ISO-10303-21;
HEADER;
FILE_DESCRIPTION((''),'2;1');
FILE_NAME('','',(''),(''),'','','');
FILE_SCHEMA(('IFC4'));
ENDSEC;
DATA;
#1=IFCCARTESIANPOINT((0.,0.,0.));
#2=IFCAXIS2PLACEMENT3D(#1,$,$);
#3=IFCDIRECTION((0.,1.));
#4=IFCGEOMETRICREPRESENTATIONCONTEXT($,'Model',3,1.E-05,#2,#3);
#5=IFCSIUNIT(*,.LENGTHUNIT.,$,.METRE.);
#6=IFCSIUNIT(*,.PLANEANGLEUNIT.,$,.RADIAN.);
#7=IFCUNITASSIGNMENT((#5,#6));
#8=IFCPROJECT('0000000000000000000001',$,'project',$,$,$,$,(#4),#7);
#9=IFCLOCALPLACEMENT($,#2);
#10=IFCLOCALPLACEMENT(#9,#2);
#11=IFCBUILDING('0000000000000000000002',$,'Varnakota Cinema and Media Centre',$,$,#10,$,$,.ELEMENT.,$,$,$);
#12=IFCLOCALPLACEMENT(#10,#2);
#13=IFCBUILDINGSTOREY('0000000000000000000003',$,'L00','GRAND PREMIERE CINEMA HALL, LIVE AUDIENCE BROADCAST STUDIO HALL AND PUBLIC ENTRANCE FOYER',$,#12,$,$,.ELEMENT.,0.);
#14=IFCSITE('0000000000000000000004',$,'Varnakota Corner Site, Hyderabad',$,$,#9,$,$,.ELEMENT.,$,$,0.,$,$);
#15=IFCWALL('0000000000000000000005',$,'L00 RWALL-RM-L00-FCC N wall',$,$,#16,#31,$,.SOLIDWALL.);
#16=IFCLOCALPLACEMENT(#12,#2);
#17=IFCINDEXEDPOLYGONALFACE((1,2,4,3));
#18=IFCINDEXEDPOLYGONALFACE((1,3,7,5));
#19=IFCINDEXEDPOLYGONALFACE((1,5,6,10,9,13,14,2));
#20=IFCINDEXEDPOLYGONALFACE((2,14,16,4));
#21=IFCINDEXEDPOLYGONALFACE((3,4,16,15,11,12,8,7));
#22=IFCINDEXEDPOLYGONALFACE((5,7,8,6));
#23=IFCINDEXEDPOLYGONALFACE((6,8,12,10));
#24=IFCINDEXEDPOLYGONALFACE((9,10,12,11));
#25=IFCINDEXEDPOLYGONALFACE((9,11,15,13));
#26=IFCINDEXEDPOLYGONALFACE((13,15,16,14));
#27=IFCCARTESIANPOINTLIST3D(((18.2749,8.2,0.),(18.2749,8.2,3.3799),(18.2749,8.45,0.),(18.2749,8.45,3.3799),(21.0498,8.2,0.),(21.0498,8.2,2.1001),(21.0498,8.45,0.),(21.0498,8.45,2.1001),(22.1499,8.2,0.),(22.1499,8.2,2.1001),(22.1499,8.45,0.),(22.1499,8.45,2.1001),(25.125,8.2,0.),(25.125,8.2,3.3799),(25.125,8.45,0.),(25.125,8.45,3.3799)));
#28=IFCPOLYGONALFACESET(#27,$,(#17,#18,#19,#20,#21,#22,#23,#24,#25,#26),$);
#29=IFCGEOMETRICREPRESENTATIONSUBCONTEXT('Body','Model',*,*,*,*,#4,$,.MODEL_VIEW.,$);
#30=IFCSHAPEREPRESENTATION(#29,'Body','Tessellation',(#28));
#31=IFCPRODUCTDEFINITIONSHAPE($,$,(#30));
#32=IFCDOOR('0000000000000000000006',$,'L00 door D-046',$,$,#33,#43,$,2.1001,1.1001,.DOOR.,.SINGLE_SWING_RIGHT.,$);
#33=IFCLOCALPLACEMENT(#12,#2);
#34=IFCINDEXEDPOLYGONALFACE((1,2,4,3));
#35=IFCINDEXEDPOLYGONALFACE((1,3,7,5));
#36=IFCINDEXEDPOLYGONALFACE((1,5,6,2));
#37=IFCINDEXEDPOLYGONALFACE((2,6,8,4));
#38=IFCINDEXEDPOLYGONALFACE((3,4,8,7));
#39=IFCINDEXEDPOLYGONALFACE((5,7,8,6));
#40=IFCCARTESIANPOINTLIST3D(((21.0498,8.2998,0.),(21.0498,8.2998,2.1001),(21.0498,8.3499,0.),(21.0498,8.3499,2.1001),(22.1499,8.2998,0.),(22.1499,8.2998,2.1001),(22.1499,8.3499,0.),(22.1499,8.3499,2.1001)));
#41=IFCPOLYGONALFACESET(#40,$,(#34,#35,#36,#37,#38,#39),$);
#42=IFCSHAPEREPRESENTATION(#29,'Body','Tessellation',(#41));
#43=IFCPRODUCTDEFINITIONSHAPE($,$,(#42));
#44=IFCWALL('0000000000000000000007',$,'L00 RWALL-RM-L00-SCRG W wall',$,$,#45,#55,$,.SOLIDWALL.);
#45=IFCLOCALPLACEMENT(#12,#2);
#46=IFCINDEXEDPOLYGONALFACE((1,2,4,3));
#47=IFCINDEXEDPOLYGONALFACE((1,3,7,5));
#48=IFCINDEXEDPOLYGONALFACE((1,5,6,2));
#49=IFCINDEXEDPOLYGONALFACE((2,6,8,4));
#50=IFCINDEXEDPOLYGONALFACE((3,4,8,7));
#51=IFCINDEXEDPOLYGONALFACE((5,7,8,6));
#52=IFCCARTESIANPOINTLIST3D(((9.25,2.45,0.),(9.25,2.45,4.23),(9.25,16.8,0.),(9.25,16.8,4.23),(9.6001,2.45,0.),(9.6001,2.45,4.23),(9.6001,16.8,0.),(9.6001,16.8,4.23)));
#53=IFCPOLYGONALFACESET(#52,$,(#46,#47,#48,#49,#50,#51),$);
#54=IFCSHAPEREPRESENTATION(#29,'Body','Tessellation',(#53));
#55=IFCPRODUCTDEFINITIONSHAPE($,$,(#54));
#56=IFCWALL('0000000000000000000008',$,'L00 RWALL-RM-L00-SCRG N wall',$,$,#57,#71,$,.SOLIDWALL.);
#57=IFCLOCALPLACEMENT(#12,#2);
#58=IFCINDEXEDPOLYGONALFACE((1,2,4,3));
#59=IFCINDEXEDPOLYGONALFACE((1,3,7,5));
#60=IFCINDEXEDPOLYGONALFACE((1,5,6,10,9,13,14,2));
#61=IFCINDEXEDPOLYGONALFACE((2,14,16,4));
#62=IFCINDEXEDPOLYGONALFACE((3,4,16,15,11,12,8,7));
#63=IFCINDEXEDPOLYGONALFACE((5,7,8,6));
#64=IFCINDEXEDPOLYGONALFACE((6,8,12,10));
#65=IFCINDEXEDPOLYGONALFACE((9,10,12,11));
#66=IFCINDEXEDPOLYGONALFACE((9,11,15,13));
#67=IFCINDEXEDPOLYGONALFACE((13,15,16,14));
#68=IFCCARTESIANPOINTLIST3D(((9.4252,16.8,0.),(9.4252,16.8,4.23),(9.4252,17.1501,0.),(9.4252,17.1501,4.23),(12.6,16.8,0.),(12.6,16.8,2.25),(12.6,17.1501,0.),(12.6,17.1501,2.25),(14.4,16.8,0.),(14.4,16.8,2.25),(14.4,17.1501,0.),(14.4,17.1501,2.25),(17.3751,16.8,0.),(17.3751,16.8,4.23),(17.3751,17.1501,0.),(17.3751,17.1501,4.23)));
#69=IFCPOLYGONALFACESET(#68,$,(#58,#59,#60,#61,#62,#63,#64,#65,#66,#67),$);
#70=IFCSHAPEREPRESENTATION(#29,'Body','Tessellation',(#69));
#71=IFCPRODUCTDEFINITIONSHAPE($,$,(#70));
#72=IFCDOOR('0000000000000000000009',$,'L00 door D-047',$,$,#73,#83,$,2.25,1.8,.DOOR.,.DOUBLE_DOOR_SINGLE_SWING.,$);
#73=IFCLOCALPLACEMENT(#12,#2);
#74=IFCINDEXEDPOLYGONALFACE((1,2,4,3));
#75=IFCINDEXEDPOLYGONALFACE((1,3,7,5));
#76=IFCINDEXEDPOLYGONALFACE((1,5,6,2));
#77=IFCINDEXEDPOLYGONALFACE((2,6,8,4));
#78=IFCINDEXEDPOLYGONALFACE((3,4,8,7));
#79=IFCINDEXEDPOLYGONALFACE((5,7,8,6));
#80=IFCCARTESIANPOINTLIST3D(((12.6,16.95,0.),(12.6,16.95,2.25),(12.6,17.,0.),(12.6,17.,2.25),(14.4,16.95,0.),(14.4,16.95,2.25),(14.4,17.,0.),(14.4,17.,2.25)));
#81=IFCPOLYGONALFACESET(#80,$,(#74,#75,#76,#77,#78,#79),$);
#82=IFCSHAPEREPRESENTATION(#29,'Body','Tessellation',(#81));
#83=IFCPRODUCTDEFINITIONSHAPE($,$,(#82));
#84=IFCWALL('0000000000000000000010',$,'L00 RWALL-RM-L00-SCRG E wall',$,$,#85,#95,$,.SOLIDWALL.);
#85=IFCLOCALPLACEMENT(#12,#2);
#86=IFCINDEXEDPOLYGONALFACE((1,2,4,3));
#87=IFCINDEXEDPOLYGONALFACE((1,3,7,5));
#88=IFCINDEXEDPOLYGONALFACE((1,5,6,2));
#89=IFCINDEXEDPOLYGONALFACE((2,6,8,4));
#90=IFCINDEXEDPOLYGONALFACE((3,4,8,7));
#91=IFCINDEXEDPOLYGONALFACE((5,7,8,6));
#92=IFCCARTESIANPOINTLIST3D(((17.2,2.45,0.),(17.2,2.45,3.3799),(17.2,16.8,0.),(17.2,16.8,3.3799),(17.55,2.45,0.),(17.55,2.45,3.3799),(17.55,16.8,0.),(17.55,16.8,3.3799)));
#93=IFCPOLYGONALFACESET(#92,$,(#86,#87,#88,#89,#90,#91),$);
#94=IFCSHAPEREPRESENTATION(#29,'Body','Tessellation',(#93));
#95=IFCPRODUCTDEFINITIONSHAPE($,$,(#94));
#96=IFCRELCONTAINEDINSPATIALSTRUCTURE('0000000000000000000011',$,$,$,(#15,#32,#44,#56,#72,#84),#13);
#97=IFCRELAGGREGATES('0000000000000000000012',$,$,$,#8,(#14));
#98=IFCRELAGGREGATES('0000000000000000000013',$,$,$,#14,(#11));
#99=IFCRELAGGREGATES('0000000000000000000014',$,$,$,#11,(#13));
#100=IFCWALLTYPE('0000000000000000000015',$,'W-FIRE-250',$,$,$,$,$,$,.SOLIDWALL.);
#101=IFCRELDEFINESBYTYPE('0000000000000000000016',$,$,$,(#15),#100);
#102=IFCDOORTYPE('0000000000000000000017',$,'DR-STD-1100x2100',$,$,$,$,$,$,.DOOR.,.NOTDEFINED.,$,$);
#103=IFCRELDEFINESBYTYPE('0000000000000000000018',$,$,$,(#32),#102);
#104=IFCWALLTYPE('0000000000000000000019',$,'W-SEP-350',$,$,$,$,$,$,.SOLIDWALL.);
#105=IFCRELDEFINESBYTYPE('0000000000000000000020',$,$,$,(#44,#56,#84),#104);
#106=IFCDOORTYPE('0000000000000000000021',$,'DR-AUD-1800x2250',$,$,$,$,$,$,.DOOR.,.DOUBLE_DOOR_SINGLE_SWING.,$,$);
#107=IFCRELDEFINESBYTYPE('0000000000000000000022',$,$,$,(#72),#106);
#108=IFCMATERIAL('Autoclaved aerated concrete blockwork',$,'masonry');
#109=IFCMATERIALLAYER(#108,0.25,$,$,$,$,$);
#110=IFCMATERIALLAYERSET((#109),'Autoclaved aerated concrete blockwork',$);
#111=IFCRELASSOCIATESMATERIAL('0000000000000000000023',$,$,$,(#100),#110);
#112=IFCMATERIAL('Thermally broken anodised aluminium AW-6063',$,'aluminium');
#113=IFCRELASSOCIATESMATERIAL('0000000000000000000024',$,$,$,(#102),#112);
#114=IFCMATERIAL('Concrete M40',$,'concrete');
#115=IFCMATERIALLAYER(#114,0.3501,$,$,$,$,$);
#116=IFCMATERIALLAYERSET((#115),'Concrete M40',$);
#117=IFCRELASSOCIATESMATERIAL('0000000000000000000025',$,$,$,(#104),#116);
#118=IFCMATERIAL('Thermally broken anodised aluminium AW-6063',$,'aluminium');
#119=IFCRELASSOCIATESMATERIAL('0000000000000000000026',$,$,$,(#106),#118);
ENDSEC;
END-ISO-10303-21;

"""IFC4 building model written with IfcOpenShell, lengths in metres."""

from ifc_helpers import new_model, si_unit, direction, frame, frame_2d, origin, place, context, subcontext, project, spatial, rectangle, extrude, material, layer, layer_set, type_object, element, fill, save


model = new_model("IFC4")

# Units and contexts
model_context = context("Model", 3, precision=1e-05, world=origin(), true_north=direction((0.0, 1.0)))
body_context = subcontext(model_context, "Body", "Model", "MODEL_VIEW")
ifc_project = project(units=[si_unit("LENGTHUNIT", "METRE"), si_unit("PLANEANGLEUNIT", "RADIAN")], contexts=[model_context])

# Site, building, storey
site_placement = place(None, origin())
site = spatial("IfcSite", under=ifc_project, at=site_placement, Name="Varnakota Corner Site, Hyderabad", CompositionType="ELEMENT", RefElevation=0.0)
building_placement = place(site_placement, origin())
building = spatial("IfcBuilding", under=site, at=building_placement, Name="Varnakota Cinema and Media Centre", CompositionType="ELEMENT")
storey_placement = place(building_placement, origin())
storey = spatial("IfcBuildingStorey", under=building, at=storey_placement, Name="L00", Description="GRAND PREMIERE CINEMA HALL, LIVE AUDIENCE BROADCAST STUDIO HALL AND PUBLIC ENTRANCE FOYER", CompositionType="ELEMENT", Elevation=0.0)

# Shared definitions
ifc_material_1 = material(Name="Autoclaved aerated concrete blockwork", Category="masonry")
ifc_layer_1 = layer(ifc_material_1, 0.25)
ifc_layer_set_1 = layer_set([ifc_layer_1], Name="Autoclaved aerated concrete blockwork")
wall_type_1 = type_object("IfcWallType", Name="W-FIRE-250", PredefinedType="SOLIDWALL", material=ifc_layer_set_1)

# Wall, opening, door
wall_1_placement = place(storey_placement, frame((18.2749, 8.325, 0.0), z_axis=(0.0, 0.0, 1.0), x_axis=(1.0, 0.0, 0.0)))
wall_1 = element("IfcWall", 1, at=wall_1_placement, inside=storey, type_object=wall_type_1, Name="L00 RWALL-RM-L00-FCC N wall", PredefinedType="SOLIDWALL", context=body_context, shape_type="SweptSolid", body=[
    extrude(rectangle(XDim=6.8501, YDim=0.25, at=frame_2d((3.425, 0.0))), origin(), (0.0, 0.0, 1.0), 3.3799),
])
opening_1_placement = place(wall_1_placement, frame((2.7749, 0.0, 0.0)))
opening_1 = element("IfcOpeningElement", 2, at=opening_1_placement, cuts=wall_1, PredefinedType="OPENING", context=body_context, shape_type="SweptSolid", body=[
    extrude(rectangle(XDim=1.1001, YDim=2.1001, at=frame_2d((0.55, 1.05))), frame((0.0, 0.125, 0.0), z_axis=(0.0, -1.0, 0.0), x_axis=(1.0, 0.0, 0.0)), (0.0, 0.0, 1.0), 0.25),
])
ifc_material_2 = material(Name="Thermally broken anodised aluminium AW-6063", Category="aluminium")
door_type_1 = type_object("IfcDoorType", Name="DR-STD-1100x2100", OperationType="NOTDEFINED", PredefinedType="DOOR", material=ifc_material_2)
door_1_placement = place(opening_1_placement, origin())
door_1 = element("IfcDoor", 3, at=door_1_placement, inside=storey, type_object=door_type_1, Name="L00 door D-046", OperationType="SINGLE_SWING_RIGHT", OverallHeight=2.1001, OverallWidth=1.1001, PredefinedType="DOOR", context=body_context, shape_type="SweptSolid", body=[
    extrude(rectangle(XDim=1.1001, YDim=2.1001, at=frame_2d((0.55, 1.05))), frame((0.0, 0.0249, 0.0), z_axis=(0.0, -1.0, 0.0), x_axis=(1.0, 0.0, 0.0)), (0.0, 0.0, 1.0), 0.05),
])
fill(opening_1, door_1)

# Wall
ifc_material_3 = material(Name="Concrete M40", Category="concrete")
ifc_layer_2 = layer(ifc_material_3, 0.3501)
ifc_layer_set_2 = layer_set([ifc_layer_2], Name="Concrete M40")
wall_type_2 = type_object("IfcWallType", Name="W-SEP-350", PredefinedType="SOLIDWALL", material=ifc_layer_set_2)
wall_2_placement = place(storey_placement, frame((9.425, 2.45, 0.0), z_axis=(0.0, 0.0, 1.0), x_axis=(0.0, 1.0, 0.0)))
element("IfcWall", 4, at=wall_2_placement, inside=storey, type_object=wall_type_2, Name="L00 RWALL-RM-L00-SCRG W wall", PredefinedType="SOLIDWALL", context=body_context, shape_type="SweptSolid", body=[
    extrude(rectangle(XDim=14.3501, YDim=0.3501, at=frame_2d((7.175, 0.0))), origin(), (0.0, 0.0, 1.0), 4.23),
])

# Wall, opening, door
wall_3_placement = place(storey_placement, frame((9.425, 16.9751, 0.0), z_axis=(0.0, 0.0, 1.0), x_axis=(1.0, 0.0, 0.0)))
wall_3 = element("IfcWall", 5, at=wall_3_placement, inside=storey, type_object=wall_type_2, Name="L00 RWALL-RM-L00-SCRG N wall", PredefinedType="SOLIDWALL", context=body_context, shape_type="SweptSolid", body=[
    extrude(rectangle(XDim=7.95, YDim=0.3501, at=frame_2d((3.9751, 0.0))), origin(), (0.0, 0.0, 1.0), 4.23),
])
opening_2_placement = place(wall_3_placement, frame((3.175, 0.0, 0.0)))
opening_2 = element("IfcOpeningElement", 6, at=opening_2_placement, cuts=wall_3, PredefinedType="OPENING", context=body_context, shape_type="SweptSolid", body=[
    extrude(rectangle(XDim=1.8, YDim=2.25, at=frame_2d((0.8999, 1.125))), frame((0.0, 0.175, 0.0), z_axis=(0.0, -1.0, 0.0), x_axis=(1.0, 0.0, 0.0)), (0.0, 0.0, 1.0), 0.3501),
])
ifc_material_4 = material(Name="Thermally broken anodised aluminium AW-6063", Category="aluminium")
door_type_2 = type_object("IfcDoorType", Name="DR-AUD-1800x2250", OperationType="DOUBLE_DOOR_SINGLE_SWING", PredefinedType="DOOR", material=ifc_material_4)
door_2_placement = place(opening_2_placement, origin())
door_2 = element("IfcDoor", 7, at=door_2_placement, inside=storey, type_object=door_type_2, Name="L00 door D-047", OperationType="DOUBLE_DOOR_SINGLE_SWING", OverallHeight=2.25, OverallWidth=1.8, PredefinedType="DOOR", context=body_context, shape_type="SweptSolid", body=[
    extrude(rectangle(XDim=1.8, YDim=2.25, at=frame_2d((0.8999, 1.125))), frame((0.0, 0.0249, 0.0), z_axis=(0.0, -1.0, 0.0), x_axis=(1.0, 0.0, 0.0)), (0.0, 0.0, 1.0), 0.05),
])
fill(opening_2, door_2)

# Wall
wall_4_placement = place(storey_placement, frame((17.375, 16.8, 0.0), z_axis=(0.0, 0.0, 1.0), x_axis=(0.0, -1.0, 0.0)))
element("IfcWall", 8, at=wall_4_placement, inside=storey, type_object=wall_type_2, Name="L00 RWALL-RM-L00-SCRG E wall", PredefinedType="SOLIDWALL", context=body_context, shape_type="SweptSolid", body=[
    extrude(rectangle(XDim=14.3501, YDim=0.3501, at=frame_2d((7.175, 0.0))), origin(), (0.0, 0.0, 1.0), 3.3799),
])

save(model, "model.ifc")
